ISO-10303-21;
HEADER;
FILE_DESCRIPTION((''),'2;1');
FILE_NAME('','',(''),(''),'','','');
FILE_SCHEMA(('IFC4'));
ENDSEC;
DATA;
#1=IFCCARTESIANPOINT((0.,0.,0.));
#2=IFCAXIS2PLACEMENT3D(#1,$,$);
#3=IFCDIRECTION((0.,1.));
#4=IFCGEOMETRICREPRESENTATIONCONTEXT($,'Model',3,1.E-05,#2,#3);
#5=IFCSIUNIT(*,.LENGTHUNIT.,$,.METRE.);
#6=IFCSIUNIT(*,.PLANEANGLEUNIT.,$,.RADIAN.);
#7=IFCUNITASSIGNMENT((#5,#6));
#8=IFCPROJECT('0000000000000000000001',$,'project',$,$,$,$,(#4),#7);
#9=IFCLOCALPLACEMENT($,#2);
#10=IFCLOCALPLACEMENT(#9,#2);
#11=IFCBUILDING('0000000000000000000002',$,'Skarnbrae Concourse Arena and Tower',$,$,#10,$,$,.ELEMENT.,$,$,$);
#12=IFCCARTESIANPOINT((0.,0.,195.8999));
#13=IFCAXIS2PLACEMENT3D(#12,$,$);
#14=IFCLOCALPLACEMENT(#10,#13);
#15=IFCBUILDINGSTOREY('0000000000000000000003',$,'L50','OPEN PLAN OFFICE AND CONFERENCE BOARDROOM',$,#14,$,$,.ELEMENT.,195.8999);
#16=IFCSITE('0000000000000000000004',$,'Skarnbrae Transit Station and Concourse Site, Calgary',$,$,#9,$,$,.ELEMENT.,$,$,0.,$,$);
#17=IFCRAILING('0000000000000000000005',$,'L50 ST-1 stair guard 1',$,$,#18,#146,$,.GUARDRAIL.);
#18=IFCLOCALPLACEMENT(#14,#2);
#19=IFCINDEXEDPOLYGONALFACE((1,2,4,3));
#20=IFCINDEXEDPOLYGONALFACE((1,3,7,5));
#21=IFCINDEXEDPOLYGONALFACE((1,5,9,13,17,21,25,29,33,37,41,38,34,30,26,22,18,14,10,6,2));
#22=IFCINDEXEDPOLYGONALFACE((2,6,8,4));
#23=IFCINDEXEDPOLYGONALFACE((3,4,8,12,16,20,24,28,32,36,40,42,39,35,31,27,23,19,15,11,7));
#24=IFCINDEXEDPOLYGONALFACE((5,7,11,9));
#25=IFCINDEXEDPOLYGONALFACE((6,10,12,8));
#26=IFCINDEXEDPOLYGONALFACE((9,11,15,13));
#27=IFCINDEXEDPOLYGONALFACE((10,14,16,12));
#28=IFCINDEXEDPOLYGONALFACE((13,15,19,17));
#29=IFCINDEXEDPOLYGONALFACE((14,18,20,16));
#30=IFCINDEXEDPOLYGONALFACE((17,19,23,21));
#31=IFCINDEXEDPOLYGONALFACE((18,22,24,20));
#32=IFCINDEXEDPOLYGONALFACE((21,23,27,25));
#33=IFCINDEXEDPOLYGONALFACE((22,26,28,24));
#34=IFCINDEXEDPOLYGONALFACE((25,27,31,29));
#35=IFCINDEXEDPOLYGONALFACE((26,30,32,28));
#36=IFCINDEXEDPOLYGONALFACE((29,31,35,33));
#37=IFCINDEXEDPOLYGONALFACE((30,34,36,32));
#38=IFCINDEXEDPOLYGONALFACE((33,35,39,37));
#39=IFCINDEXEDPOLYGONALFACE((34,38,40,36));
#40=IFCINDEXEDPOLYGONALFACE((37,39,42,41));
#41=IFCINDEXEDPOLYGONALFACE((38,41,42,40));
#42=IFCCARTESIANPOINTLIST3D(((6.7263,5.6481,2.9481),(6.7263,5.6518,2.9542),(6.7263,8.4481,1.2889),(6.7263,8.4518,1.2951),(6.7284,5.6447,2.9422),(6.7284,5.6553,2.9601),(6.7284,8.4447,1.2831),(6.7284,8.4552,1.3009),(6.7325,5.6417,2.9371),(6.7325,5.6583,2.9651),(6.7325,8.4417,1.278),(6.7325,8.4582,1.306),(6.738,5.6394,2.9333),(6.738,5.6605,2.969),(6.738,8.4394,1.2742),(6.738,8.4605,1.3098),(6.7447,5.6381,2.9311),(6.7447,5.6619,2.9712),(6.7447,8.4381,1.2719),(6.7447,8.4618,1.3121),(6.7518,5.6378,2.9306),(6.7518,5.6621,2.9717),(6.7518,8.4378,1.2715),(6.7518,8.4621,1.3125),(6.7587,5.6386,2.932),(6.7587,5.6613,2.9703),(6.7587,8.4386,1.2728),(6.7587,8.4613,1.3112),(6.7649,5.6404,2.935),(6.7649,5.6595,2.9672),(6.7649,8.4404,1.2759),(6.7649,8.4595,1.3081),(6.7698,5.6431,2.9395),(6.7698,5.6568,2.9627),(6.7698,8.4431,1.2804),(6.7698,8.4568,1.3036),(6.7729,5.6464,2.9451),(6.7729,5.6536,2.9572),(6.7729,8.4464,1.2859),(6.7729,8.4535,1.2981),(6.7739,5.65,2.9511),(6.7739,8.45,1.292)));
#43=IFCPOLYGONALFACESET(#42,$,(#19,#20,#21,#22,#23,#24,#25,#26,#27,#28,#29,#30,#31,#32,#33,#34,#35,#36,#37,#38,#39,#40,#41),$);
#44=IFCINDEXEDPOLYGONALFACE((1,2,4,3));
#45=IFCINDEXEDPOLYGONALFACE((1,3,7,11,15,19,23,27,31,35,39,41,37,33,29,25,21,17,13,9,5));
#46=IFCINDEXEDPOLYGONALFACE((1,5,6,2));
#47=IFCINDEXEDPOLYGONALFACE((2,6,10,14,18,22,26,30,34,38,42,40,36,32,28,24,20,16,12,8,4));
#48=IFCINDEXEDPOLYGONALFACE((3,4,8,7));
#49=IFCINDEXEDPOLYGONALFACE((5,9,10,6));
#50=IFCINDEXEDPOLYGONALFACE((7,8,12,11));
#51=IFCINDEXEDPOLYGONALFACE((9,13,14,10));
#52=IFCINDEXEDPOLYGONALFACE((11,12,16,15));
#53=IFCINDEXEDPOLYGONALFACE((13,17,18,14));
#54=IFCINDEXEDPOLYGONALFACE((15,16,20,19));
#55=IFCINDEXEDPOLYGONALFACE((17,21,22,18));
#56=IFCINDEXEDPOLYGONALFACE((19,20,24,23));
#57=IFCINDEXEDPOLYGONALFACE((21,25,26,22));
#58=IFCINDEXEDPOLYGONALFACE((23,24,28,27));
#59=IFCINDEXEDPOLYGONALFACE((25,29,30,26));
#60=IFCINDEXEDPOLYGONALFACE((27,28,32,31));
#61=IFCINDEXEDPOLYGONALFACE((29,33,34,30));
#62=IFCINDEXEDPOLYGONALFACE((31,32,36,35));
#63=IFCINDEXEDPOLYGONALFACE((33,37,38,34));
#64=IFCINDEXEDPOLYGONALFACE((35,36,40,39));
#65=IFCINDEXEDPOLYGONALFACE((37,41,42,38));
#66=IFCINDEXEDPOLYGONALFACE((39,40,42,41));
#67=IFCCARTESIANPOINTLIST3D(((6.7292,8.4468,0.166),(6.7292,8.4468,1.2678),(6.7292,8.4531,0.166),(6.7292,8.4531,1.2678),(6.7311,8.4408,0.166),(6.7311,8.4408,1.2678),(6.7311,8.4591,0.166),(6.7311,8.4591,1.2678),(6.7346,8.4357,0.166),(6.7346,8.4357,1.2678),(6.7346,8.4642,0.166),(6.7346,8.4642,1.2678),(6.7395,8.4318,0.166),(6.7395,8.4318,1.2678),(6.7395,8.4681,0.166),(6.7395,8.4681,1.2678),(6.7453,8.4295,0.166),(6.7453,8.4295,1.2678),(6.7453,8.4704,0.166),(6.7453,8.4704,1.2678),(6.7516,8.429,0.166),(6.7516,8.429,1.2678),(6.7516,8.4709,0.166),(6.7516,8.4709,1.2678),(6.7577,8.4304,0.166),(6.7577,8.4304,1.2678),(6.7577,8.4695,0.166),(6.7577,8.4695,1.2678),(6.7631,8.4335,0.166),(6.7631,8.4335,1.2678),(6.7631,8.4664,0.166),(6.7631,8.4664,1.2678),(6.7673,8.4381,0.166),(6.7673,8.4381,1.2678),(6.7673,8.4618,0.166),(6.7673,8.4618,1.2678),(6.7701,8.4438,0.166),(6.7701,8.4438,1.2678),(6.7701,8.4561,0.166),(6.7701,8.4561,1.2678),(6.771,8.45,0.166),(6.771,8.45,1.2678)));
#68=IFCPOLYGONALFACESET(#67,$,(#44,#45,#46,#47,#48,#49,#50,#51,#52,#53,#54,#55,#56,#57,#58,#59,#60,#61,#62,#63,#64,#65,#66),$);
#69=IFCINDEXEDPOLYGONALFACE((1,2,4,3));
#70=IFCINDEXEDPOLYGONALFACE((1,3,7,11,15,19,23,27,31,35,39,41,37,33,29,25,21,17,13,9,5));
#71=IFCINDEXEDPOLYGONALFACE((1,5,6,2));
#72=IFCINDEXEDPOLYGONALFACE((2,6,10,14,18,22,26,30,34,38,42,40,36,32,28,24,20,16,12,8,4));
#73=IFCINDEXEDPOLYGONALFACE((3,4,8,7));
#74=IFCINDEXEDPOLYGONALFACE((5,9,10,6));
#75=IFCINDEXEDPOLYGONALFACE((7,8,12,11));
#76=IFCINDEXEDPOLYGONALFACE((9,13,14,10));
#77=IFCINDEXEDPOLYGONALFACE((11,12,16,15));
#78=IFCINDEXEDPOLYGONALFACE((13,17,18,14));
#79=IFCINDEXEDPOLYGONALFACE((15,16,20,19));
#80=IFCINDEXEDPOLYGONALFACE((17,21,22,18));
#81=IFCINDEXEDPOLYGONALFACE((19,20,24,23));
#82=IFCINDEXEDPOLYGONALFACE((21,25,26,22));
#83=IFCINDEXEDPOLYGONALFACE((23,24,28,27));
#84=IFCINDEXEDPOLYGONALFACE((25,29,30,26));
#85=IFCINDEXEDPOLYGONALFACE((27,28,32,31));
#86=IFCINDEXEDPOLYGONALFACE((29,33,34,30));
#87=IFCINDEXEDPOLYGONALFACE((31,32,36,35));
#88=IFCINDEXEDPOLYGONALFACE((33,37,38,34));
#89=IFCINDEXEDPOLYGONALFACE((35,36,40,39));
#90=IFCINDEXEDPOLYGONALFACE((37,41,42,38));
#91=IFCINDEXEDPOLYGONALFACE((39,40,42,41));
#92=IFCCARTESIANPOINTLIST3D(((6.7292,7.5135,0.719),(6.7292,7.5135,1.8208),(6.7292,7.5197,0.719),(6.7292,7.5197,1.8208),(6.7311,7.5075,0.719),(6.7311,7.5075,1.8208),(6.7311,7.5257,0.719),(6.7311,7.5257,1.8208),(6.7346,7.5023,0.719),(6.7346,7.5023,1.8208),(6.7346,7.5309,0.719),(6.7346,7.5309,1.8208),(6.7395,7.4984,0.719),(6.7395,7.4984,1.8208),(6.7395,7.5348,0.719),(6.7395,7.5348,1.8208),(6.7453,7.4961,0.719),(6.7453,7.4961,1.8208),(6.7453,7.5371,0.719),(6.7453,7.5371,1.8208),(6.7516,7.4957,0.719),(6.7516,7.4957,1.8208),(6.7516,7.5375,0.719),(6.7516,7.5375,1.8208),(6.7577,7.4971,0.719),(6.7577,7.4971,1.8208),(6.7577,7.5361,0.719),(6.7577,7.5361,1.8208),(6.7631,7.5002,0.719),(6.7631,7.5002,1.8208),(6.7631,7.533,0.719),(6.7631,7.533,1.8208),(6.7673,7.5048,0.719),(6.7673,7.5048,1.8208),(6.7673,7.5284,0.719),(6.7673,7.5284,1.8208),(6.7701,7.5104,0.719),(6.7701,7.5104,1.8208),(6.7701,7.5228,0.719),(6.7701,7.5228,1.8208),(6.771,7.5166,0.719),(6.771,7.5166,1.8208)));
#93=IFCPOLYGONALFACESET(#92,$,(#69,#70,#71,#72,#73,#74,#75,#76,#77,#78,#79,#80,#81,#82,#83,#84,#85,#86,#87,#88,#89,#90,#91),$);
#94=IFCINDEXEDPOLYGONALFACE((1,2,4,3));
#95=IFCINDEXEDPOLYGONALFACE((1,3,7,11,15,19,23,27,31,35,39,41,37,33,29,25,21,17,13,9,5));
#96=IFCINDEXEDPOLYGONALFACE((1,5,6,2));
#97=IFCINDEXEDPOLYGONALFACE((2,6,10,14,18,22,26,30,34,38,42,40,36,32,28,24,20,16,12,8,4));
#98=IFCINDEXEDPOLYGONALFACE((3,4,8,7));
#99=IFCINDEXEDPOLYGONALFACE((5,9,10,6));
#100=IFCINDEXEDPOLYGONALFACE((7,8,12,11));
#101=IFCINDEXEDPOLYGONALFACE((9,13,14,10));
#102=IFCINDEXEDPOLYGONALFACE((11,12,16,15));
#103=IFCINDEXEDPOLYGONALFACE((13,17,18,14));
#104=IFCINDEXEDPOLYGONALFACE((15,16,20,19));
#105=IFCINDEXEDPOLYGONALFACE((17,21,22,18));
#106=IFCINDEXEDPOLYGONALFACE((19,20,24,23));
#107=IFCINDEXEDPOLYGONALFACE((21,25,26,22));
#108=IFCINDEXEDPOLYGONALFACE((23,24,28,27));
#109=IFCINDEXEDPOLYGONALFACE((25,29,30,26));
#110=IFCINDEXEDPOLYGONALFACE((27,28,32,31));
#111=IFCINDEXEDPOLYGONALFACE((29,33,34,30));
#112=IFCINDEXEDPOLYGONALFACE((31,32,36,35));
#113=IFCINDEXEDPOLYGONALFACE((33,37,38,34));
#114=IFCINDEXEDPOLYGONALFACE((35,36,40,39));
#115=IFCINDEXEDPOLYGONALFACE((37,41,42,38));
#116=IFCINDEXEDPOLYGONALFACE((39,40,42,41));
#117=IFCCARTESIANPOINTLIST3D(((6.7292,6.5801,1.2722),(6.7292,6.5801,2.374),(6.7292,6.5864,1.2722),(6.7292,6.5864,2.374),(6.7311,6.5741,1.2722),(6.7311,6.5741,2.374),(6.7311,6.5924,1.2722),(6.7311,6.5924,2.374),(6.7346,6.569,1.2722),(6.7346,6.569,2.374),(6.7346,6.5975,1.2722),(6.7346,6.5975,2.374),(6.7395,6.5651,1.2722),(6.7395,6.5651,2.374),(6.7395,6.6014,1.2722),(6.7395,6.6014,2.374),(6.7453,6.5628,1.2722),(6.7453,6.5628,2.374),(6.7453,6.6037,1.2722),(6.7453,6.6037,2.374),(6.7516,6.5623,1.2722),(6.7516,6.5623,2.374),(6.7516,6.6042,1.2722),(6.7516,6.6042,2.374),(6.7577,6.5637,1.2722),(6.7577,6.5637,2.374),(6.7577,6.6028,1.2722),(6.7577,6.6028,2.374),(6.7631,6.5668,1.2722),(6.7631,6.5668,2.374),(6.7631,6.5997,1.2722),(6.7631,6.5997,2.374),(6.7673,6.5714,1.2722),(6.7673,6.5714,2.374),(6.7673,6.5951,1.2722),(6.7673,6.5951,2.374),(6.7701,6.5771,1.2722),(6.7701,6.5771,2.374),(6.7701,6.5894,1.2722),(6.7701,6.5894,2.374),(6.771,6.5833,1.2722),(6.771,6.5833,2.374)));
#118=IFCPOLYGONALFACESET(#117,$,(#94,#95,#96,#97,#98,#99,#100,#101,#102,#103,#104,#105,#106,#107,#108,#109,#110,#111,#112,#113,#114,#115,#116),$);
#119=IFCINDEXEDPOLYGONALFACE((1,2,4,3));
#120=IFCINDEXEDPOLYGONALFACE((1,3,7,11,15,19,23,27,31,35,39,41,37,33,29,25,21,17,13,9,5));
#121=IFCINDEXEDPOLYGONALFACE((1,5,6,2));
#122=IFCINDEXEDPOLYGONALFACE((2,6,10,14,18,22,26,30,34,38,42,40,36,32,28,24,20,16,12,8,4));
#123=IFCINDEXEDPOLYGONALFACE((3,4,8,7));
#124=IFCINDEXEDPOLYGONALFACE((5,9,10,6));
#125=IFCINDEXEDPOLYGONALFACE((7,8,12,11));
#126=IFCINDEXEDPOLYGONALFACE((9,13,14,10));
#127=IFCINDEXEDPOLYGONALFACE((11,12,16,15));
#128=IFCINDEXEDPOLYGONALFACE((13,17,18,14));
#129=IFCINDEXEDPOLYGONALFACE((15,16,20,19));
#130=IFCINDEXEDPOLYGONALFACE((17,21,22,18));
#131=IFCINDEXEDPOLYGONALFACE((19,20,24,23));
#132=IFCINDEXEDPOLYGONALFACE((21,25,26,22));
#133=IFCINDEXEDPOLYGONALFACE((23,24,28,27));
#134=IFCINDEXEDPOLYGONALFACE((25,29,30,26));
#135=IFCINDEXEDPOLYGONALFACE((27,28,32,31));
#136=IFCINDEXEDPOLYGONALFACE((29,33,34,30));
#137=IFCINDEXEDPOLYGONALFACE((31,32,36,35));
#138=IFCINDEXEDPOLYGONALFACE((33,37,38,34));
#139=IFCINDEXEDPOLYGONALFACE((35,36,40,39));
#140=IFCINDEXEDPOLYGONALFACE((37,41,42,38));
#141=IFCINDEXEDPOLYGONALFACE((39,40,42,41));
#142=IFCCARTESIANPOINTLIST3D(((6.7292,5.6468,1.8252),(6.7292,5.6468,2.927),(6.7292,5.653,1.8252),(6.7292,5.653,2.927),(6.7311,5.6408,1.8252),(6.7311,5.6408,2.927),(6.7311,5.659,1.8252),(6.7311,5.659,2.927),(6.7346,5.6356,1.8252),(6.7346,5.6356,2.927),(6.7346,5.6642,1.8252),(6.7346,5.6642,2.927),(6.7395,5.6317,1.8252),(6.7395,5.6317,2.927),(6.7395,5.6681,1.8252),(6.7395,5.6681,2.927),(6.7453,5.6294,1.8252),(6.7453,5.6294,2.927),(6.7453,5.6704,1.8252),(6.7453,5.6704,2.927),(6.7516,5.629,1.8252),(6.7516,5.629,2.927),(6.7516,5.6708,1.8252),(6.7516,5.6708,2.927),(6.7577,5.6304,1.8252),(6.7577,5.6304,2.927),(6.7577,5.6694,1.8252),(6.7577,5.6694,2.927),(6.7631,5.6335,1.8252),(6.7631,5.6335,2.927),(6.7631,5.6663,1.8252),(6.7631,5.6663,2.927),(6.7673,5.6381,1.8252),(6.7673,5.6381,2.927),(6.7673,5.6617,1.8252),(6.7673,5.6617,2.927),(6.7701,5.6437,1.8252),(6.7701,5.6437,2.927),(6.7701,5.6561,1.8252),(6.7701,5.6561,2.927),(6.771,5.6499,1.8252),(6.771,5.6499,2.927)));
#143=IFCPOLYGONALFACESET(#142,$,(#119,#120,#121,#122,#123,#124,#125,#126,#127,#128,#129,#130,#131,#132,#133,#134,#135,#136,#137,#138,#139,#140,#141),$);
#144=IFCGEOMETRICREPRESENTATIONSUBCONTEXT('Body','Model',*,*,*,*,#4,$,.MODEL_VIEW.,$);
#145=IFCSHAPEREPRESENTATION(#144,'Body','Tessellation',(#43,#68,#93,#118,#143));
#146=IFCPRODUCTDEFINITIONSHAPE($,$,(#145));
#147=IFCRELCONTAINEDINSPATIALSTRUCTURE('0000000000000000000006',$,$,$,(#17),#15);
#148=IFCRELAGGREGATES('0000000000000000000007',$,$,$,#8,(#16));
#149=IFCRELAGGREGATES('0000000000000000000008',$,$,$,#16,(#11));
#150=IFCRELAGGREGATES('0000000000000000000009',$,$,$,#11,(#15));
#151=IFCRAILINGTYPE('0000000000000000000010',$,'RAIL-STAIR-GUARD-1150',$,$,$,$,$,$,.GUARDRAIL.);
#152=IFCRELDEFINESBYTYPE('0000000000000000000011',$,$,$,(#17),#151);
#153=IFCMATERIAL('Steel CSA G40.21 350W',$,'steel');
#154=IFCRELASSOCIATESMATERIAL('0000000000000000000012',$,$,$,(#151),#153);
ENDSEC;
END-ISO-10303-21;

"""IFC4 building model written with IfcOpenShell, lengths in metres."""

from ifc_helpers import new_model, si_unit, direction, frame, origin, origin_2d, place, context, subcontext, project, spatial, circle, extrude, material, type_object, element, save


model = new_model("IFC4")

# Units and contexts
model_context = context("Model", 3, precision=1e-05, world=origin(), true_north=direction((0.0, 1.0)))
body_context = subcontext(model_context, "Body", "Model", "MODEL_VIEW")
ifc_project = project(units=[si_unit("LENGTHUNIT", "METRE"), si_unit("PLANEANGLEUNIT", "RADIAN")], contexts=[model_context])

# Site, building, storey
site_placement = place(None, origin())
site = spatial("IfcSite", under=ifc_project, at=site_placement, Name="Skarnbrae Transit Station and Concourse Site, Calgary", CompositionType="ELEMENT", RefElevation=0.0)
building_placement = place(site_placement, origin())
building = spatial("IfcBuilding", under=site, at=building_placement, Name="Skarnbrae Concourse Arena and Tower", CompositionType="ELEMENT")
storey_placement = place(building_placement, frame((0.0, 0.0, 195.8999)))
storey = spatial("IfcBuildingStorey", under=building, at=storey_placement, Name="L50", Description="OPEN PLAN OFFICE AND CONFERENCE BOARDROOM", CompositionType="ELEMENT", Elevation=195.8999)

# Shared definitions
ifc_material_1 = material(Name="Steel CSA G40.21 350W", Category="steel")

# Railing
railing_type_1 = type_object("IfcRailingType", Name="RAIL-STAIR-GUARD-1150", PredefinedType="GUARDRAIL", material=ifc_material_1)
railing_1_placement = place(storey_placement, frame((6.75, 8.45, 0.166)))
element("IfcRailing", 1, at=railing_1_placement, inside=storey, type_object=railing_type_1, Name="L50 ST-1 stair guard 1", PredefinedType="GUARDRAIL", context=body_context, shape_type="SweptSolid", body=[
    extrude(circle(Radius=0.0239, at=origin_2d()), frame((0.0, 0.0, 1.126), z_axis=(0.0, -0.860306, 0.509778), x_axis=(1.0, 0.0, 0.0)), (0.0, 0.0, 1.0), 3.2546),
    extrude(circle(Radius=0.021, at=origin_2d()), origin(), (0.0, 0.0, 1.0), 1.1018),
    extrude(circle(Radius=0.021, at=origin_2d()), frame((0.0, -0.9333, 0.553)), (0.0, 0.0, 1.0), 1.1018),
    extrude(circle(Radius=0.021, at=origin_2d()), frame((0.0, -1.8667, 1.1062)), (0.0, 0.0, 1.0), 1.1018),
    extrude(circle(Radius=0.021, at=origin_2d()), frame((0.0, -2.8, 1.6592)), (0.0, 0.0, 1.0), 1.1018),
])

save(model, "model.ifc")
